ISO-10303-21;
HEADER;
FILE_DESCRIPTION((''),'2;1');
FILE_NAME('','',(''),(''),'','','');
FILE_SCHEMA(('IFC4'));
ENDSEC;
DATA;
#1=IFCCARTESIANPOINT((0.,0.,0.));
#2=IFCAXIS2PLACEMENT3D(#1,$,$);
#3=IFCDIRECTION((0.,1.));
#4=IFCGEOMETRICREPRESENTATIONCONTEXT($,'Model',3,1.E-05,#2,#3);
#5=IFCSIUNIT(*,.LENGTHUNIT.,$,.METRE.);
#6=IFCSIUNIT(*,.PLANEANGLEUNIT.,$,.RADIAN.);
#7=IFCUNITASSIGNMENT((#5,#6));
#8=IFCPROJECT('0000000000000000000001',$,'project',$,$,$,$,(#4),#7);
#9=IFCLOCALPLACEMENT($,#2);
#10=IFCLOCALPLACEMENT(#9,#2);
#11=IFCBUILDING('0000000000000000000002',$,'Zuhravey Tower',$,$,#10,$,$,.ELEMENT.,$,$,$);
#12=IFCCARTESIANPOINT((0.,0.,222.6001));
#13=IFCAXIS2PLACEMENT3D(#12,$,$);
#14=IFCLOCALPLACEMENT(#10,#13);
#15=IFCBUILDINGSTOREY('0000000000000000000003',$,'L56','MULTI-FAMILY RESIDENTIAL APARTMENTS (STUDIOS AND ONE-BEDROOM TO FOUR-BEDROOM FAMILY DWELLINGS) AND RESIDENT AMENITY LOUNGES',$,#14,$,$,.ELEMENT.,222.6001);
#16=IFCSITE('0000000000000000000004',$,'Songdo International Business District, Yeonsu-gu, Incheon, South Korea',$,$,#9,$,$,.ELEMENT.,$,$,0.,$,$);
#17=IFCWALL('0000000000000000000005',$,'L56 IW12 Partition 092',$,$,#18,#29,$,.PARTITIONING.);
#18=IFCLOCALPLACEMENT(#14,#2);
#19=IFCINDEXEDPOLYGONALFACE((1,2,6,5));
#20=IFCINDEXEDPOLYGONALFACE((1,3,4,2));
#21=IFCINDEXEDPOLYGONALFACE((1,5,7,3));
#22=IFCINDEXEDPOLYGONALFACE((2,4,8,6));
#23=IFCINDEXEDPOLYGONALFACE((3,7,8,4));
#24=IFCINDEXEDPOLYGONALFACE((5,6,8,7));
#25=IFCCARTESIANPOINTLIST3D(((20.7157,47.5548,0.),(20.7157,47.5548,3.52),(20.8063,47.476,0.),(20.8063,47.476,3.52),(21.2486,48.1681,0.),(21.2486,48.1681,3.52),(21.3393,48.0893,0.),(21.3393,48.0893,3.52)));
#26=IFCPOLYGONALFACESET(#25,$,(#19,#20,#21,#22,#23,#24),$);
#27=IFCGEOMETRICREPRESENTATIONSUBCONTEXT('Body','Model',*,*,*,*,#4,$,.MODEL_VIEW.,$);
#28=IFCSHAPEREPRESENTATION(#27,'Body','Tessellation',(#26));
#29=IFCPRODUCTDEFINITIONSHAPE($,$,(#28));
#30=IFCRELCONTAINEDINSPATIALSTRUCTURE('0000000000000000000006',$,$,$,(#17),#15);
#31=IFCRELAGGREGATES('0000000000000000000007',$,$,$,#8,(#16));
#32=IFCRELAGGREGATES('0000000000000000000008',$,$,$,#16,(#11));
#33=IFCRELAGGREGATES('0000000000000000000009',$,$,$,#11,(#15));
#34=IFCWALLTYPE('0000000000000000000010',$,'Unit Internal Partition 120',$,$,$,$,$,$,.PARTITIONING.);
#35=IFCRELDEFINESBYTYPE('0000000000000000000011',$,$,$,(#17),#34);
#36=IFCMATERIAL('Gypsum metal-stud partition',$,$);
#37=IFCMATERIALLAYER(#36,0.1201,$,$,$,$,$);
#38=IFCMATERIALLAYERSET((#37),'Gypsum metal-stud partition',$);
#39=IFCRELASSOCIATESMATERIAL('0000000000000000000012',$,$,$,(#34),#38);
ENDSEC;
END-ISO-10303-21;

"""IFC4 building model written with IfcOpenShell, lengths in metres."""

from ifc_helpers import new_model, si_unit, direction, frame, frame_2d, origin, place, context, subcontext, project, spatial, rectangle, extrude, material, layer, layer_set, type_object, element, save


model = new_model("IFC4")

# Units and contexts
model_context = context("Model", 3, precision=1e-05, world=origin(), true_north=direction((0.0, 1.0)))
body_context = subcontext(model_context, "Body", "Model", "MODEL_VIEW")
ifc_project = project(units=[si_unit("LENGTHUNIT", "METRE"), si_unit("PLANEANGLEUNIT", "RADIAN")], contexts=[model_context])

# Site, building, storey
site_placement = place(None, origin())
site = spatial("IfcSite", under=ifc_project, at=site_placement, Name="Songdo International Business District, Yeonsu-gu, Incheon, South Korea", CompositionType="ELEMENT", RefElevation=0.0)
building_placement = place(site_placement, origin())
building = spatial("IfcBuilding", under=site, at=building_placement, Name="Zuhravey Tower", CompositionType="ELEMENT")
storey_placement = place(building_placement, frame((0.0, 0.0, 222.6001)))
storey = spatial("IfcBuildingStorey", under=building, at=storey_placement, Name="L56", Description="MULTI-FAMILY RESIDENTIAL APARTMENTS (STUDIOS AND ONE-BEDROOM TO FOUR-BEDROOM FAMILY DWELLINGS) AND RESIDENT AMENITY LOUNGES", CompositionType="ELEMENT", Elevation=222.6001)

# Shared definitions
ifc_material_1 = material(Name="Gypsum metal-stud partition")
ifc_layer_1 = layer(ifc_material_1, 0.1201)
ifc_layer_set_1 = layer_set([ifc_layer_1], Name="Gypsum metal-stud partition")
wall_type_1 = type_object("IfcWallType", Name="Unit Internal Partition 120", PredefinedType="PARTITIONING", material=ifc_layer_set_1)

# Wall
wall_1_placement = place(storey_placement, frame((21.2939, 48.1287, 0.0), z_axis=(0.0, 0.0, 1.0), x_axis=(-0.655948, -0.754806, 0.0)))
element("IfcWall", 1, at=wall_1_placement, inside=storey, type_object=wall_type_1, Name="L56 IW12 Partition 092", PredefinedType="PARTITIONING", context=body_context, shape_type="SweptSolid", body=[
    extrude(rectangle(XDim=0.8125, YDim=0.1201, at=frame_2d((0.4062, 0.0))), origin(), (0.0, 0.0, 1.0), 3.52),
])

save(model, "model.ifc")
